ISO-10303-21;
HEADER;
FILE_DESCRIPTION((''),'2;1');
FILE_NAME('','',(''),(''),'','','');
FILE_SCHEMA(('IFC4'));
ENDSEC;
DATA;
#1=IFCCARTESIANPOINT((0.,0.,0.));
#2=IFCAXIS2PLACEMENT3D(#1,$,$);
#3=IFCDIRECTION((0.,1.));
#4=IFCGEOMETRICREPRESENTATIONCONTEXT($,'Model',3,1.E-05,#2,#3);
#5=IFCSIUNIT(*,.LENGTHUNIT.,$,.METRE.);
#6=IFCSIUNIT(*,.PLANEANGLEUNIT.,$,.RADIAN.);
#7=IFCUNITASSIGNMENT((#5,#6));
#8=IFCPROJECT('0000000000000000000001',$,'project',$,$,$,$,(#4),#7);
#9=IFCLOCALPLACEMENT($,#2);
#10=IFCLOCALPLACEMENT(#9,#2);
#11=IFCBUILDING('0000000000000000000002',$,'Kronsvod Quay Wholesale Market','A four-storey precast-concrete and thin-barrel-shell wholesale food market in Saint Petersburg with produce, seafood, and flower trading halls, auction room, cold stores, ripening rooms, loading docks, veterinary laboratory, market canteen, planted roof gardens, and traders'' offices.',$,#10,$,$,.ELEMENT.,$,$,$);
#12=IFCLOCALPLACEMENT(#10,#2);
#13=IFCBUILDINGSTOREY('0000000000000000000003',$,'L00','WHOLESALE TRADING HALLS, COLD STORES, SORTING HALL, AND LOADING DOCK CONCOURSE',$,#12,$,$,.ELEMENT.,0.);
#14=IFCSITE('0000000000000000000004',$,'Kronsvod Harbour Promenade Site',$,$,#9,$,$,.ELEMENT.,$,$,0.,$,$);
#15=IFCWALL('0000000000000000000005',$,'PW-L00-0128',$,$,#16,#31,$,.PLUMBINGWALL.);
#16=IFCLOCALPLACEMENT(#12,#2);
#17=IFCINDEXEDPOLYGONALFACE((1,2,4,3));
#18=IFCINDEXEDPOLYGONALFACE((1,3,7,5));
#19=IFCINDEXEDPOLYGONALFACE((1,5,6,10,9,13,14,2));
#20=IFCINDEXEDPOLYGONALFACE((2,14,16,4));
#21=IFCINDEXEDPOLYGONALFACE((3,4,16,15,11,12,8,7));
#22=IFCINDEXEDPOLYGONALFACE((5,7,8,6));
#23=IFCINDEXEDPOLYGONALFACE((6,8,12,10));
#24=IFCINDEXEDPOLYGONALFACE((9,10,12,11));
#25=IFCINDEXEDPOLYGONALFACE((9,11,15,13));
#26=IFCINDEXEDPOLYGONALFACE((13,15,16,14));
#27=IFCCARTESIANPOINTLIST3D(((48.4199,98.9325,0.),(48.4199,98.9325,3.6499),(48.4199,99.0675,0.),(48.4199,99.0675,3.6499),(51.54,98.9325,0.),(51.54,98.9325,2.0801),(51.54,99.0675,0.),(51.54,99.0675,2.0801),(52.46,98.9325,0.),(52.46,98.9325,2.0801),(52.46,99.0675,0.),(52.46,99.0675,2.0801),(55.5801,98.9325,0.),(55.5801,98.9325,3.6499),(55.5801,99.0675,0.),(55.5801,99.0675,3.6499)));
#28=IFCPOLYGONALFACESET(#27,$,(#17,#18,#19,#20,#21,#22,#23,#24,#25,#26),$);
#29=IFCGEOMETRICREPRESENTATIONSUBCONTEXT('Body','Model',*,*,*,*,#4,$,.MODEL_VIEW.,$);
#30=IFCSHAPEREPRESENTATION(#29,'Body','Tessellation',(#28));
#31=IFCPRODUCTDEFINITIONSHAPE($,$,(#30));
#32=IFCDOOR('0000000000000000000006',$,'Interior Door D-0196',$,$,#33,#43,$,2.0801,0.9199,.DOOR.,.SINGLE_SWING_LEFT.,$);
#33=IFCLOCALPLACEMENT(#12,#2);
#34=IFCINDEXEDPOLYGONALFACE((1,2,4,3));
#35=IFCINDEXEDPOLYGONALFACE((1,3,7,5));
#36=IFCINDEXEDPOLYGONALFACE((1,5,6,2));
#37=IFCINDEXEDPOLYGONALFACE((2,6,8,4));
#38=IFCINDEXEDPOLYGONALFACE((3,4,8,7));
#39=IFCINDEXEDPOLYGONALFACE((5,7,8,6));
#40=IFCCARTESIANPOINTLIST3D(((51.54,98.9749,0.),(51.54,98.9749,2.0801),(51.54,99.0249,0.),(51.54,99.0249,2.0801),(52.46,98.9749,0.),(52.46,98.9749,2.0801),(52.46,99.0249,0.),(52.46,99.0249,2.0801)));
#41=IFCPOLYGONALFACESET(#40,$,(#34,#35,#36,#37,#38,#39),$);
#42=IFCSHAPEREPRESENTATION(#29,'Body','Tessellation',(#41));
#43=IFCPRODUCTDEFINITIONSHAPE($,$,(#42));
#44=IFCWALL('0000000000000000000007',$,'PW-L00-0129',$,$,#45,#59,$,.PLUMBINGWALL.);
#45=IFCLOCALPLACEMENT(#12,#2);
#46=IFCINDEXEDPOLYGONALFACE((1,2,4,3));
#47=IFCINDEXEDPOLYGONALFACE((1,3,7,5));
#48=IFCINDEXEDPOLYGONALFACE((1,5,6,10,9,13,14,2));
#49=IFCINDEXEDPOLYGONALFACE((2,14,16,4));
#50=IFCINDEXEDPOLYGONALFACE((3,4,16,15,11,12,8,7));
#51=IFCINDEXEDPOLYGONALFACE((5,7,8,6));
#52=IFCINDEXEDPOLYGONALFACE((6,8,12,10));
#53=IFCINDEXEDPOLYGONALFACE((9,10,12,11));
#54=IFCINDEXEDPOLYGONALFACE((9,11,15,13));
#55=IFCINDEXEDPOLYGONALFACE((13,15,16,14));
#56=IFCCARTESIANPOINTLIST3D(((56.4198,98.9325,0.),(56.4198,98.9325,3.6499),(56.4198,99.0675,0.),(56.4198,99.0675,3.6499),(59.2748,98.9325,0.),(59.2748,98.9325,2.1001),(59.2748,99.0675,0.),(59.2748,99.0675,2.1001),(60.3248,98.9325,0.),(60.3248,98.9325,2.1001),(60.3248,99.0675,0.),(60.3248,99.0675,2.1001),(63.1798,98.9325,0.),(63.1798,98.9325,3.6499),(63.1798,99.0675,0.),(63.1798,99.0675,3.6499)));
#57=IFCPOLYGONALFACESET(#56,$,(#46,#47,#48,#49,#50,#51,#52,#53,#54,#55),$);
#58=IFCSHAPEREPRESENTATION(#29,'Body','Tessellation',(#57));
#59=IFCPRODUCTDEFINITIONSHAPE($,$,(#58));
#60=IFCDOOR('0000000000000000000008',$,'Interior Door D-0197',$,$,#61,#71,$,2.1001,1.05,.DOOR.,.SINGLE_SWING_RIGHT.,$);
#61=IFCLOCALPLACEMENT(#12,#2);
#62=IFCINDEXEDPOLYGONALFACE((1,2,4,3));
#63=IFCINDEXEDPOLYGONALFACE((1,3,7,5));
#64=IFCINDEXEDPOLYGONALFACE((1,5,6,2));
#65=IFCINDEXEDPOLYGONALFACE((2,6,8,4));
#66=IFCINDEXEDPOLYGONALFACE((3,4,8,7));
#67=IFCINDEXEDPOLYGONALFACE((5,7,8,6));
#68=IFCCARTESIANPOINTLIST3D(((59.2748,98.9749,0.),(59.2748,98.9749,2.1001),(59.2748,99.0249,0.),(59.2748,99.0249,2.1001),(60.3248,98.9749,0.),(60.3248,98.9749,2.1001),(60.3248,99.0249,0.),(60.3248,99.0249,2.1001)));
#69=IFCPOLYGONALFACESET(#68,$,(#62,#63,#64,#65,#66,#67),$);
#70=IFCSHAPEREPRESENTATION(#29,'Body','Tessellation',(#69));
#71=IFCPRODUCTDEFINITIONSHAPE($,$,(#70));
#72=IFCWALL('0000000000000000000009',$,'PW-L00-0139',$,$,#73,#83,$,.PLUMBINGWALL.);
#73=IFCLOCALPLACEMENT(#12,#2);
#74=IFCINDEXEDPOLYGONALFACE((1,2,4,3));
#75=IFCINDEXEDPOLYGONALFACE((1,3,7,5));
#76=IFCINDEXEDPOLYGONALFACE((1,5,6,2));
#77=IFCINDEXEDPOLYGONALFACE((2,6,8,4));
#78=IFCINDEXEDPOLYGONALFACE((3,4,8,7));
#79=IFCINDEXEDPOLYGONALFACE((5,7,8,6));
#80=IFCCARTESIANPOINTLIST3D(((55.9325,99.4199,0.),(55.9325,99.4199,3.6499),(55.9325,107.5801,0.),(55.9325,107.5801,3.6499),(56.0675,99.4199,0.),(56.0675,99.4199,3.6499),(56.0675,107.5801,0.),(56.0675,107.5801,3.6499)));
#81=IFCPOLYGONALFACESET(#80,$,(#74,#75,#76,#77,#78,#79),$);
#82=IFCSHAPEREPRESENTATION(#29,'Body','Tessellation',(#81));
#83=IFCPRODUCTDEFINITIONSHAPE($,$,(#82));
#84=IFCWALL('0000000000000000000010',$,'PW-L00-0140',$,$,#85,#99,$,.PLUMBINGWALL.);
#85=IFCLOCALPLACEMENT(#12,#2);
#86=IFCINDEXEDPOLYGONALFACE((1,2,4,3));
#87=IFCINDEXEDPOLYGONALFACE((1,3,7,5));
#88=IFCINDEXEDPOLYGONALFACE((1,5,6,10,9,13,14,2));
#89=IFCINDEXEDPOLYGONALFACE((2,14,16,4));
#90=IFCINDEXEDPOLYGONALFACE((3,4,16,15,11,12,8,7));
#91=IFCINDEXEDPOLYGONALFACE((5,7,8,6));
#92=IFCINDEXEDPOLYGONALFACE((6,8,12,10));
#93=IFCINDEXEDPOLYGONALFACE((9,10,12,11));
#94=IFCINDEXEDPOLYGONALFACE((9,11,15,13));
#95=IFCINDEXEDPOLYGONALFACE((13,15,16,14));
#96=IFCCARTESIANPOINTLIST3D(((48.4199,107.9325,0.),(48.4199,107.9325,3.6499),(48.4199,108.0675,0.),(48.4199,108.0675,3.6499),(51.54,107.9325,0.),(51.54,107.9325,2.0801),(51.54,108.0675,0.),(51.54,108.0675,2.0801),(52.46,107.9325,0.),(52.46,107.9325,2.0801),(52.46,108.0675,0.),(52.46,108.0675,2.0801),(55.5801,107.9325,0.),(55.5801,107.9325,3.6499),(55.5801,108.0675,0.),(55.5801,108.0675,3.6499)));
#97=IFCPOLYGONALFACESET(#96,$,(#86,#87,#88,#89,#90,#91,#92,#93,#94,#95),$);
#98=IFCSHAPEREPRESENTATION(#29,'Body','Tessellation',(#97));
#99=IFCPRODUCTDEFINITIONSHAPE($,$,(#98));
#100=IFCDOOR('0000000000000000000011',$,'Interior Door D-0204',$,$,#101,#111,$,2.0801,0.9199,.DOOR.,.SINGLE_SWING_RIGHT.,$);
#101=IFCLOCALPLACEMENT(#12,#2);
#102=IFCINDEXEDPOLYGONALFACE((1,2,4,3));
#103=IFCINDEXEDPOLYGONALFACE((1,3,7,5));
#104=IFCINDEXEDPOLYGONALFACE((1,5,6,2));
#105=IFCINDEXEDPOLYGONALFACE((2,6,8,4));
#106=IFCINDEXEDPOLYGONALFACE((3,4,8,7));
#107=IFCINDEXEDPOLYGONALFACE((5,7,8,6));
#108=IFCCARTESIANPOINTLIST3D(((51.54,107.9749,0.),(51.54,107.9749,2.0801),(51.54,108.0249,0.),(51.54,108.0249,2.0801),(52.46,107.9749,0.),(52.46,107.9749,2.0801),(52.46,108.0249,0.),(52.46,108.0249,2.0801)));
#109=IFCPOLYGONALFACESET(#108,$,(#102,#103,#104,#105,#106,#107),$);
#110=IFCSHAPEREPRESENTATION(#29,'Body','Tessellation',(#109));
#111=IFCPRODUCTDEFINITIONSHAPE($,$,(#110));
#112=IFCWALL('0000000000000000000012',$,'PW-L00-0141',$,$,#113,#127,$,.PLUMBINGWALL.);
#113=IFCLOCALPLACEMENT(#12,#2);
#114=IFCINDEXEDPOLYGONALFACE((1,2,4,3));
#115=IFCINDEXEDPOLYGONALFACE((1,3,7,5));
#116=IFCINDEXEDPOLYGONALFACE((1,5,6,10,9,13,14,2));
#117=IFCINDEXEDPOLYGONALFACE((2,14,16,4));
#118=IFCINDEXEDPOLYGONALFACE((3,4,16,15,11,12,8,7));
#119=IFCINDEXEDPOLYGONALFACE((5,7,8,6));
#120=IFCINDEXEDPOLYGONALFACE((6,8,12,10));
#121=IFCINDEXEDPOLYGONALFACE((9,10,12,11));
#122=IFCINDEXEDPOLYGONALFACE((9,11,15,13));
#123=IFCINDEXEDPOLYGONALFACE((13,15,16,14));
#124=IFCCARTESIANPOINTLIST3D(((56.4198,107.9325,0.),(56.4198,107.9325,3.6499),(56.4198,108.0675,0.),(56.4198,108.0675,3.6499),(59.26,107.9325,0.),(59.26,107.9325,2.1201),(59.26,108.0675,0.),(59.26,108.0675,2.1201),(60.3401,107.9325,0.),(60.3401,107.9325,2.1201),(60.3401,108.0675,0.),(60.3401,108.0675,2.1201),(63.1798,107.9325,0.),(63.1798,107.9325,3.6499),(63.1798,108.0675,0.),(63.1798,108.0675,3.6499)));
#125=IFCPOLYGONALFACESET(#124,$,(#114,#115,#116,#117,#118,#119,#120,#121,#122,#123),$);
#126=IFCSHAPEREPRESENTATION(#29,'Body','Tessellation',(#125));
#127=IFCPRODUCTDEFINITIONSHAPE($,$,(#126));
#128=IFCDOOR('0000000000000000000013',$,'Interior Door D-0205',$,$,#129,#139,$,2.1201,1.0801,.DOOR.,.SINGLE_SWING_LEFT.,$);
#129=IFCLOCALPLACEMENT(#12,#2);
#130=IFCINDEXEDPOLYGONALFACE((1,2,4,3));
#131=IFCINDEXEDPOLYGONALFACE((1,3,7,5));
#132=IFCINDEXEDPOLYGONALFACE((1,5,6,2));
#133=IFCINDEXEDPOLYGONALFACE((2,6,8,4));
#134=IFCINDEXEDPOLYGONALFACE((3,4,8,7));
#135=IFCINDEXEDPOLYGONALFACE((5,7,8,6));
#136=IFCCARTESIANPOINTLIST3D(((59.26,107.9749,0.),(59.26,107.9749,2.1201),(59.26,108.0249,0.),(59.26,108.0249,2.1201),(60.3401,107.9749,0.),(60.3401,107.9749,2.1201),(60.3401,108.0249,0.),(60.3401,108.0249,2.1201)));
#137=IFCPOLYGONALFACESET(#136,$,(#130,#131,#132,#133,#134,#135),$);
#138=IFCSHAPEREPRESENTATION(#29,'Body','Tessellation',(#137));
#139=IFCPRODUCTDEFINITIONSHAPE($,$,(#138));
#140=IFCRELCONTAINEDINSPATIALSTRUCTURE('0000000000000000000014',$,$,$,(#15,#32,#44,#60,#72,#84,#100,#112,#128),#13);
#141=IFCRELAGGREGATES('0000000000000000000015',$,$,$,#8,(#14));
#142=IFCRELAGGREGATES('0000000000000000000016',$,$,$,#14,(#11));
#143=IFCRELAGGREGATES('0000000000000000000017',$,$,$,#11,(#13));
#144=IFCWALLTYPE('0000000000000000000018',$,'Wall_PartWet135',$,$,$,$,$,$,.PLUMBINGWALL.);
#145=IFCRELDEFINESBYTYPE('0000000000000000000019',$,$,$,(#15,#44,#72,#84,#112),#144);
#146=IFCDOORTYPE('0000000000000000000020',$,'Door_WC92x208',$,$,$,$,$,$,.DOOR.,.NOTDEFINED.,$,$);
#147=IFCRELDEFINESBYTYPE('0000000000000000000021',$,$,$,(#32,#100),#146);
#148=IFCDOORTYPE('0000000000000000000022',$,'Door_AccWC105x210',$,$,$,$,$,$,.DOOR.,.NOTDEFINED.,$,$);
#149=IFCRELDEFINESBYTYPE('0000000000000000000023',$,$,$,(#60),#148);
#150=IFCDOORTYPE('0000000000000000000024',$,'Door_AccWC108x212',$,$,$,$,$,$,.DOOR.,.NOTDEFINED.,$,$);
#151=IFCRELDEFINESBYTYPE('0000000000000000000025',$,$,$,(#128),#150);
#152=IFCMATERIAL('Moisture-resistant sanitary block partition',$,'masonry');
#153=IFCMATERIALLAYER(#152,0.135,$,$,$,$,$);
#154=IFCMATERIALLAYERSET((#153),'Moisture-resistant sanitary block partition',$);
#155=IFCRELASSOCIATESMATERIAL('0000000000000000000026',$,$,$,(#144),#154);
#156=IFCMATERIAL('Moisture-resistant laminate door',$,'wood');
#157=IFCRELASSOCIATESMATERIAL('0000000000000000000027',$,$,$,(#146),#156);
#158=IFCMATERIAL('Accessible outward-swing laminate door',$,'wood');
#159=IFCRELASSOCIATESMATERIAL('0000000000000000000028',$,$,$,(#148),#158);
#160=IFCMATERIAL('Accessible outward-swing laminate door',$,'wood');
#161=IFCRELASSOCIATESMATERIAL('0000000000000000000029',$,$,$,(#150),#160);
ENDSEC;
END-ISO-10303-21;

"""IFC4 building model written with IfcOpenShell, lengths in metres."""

from ifc_helpers import new_model, si_unit, direction, frame, frame_2d, origin, place, context, subcontext, project, spatial, rectangle, extrude, material, layer, layer_set, type_object, element, fill, save


model = new_model("IFC4")

# Units and contexts
model_context = context("Model", 3, precision=1e-05, world=origin(), true_north=direction((0.0, 1.0)))
body_context = subcontext(model_context, "Body", "Model", "MODEL_VIEW")
ifc_project = project(units=[si_unit("LENGTHUNIT", "METRE"), si_unit("PLANEANGLEUNIT", "RADIAN")], contexts=[model_context])

# Site, building, storey
site_placement = place(None, origin())
site = spatial("IfcSite", under=ifc_project, at=site_placement, Name="Kronsvod Harbour Promenade Site", CompositionType="ELEMENT", RefElevation=0.0)
building_placement = place(site_placement, origin())
building = spatial("IfcBuilding", under=site, at=building_placement, Name="Kronsvod Quay Wholesale Market", Description="A four-storey precast-concrete and thin-barrel-shell wholesale food market in Saint Petersburg with produce, seafood, and flower trading halls, auction room, cold stores, ripening rooms, loading docks, veterinary laboratory, market canteen, planted roof gardens, and traders' offices.", CompositionType="ELEMENT")
storey_placement = place(building_placement, origin())
storey = spatial("IfcBuildingStorey", under=building, at=storey_placement, Name="L00", Description="WHOLESALE TRADING HALLS, COLD STORES, SORTING HALL, AND LOADING DOCK CONCOURSE", CompositionType="ELEMENT", Elevation=0.0)

# Walls, openings, doors
ifc_material_1 = material(Name="Moisture-resistant sanitary block partition", Category="masonry")
ifc_layer = layer(ifc_material_1, 0.135)
ifc_layer_set = layer_set([ifc_layer], Name="Moisture-resistant sanitary block partition")
wall_type = type_object("IfcWallType", Name="Wall_PartWet135", PredefinedType="PLUMBINGWALL", material=ifc_layer_set)
wall_1_placement = place(storey_placement, frame((48.4199, 99.0, 0.0), z_axis=(0.0, 0.0, 1.0), x_axis=(1.0, 0.0, 0.0)))
wall_1 = element("IfcWall", 1, at=wall_1_placement, inside=storey, type_object=wall_type, Name="PW-L00-0128", PredefinedType="PLUMBINGWALL", context=body_context, shape_type="SweptSolid", body=[
    extrude(rectangle(XDim=7.1602, YDim=0.135, at=frame_2d((3.5801, 0.0))), origin(), (0.0, 0.0, 1.0), 3.6499),
])
opening_1_placement = place(wall_1_placement, frame((3.1201, 0.0, 0.0)))
opening_1 = element("IfcOpeningElement", 2, at=opening_1_placement, cuts=wall_1, PredefinedType="OPENING", context=body_context, shape_type="SweptSolid", body=[
    extrude(rectangle(XDim=0.9199, YDim=2.0801, at=frame_2d((0.46, 1.04))), frame((0.0, 0.0776, 0.0), z_axis=(0.0, -1.0, 0.0), x_axis=(1.0, 0.0, 0.0)), (0.0, 0.0, 1.0), 0.155),
])
ifc_material_2 = material(Name="Moisture-resistant laminate door", Category="wood")
door_type_1 = type_object("IfcDoorType", Name="Door_WC92x208", OperationType="NOTDEFINED", PredefinedType="DOOR", material=ifc_material_2)
door_1_placement = place(opening_1_placement, origin())
door_1 = element("IfcDoor", 3, at=door_1_placement, inside=storey, type_object=door_type_1, Name="Interior Door D-0196", OperationType="SINGLE_SWING_LEFT", OverallHeight=2.0801, OverallWidth=0.9199, PredefinedType="DOOR", context=body_context, shape_type="SweptSolid", body=[
    extrude(rectangle(XDim=0.9199, YDim=2.0801, at=frame_2d((0.46, 1.04))), frame((0.0, 0.0249, 0.0), z_axis=(0.0, -1.0, 0.0), x_axis=(1.0, 0.0, 0.0)), (0.0, 0.0, 1.0), 0.05),
])
fill(opening_1, door_1)
wall_2_placement = place(storey_placement, frame((56.4199, 99.0, 0.0), z_axis=(0.0, 0.0, 1.0), x_axis=(1.0, 0.0, 0.0)))
wall_2 = element("IfcWall", 4, at=wall_2_placement, inside=storey, type_object=wall_type, Name="PW-L00-0129", PredefinedType="PLUMBINGWALL", context=body_context, shape_type="SweptSolid", body=[
    extrude(rectangle(XDim=6.76, YDim=0.135, at=frame_2d((3.3799, 0.0))), origin(), (0.0, 0.0, 1.0), 3.6499),
])
opening_2_placement = place(wall_2_placement, frame((2.855, 0.0, 0.0)))
opening_2 = element("IfcOpeningElement", 5, at=opening_2_placement, cuts=wall_2, PredefinedType="OPENING", context=body_context, shape_type="SweptSolid", body=[
    extrude(rectangle(XDim=1.05, YDim=2.1001, at=frame_2d((0.5249, 1.05))), frame((0.0, 0.0776, 0.0), z_axis=(0.0, -1.0, 0.0), x_axis=(1.0, 0.0, 0.0)), (0.0, 0.0, 1.0), 0.155),
])
ifc_material_3 = material(Name="Accessible outward-swing laminate door", Category="wood")
door_type_2 = type_object("IfcDoorType", Name="Door_AccWC105x210", OperationType="NOTDEFINED", PredefinedType="DOOR", material=ifc_material_3)
door_2_placement = place(opening_2_placement, origin())
door_2 = element("IfcDoor", 6, at=door_2_placement, inside=storey, type_object=door_type_2, Name="Interior Door D-0197", OperationType="SINGLE_SWING_RIGHT", OverallHeight=2.1001, OverallWidth=1.05, PredefinedType="DOOR", context=body_context, shape_type="SweptSolid", body=[
    extrude(rectangle(XDim=1.05, YDim=2.1001, at=frame_2d((0.5249, 1.05))), frame((0.0, 0.0249, 0.0), z_axis=(0.0, -1.0, 0.0), x_axis=(1.0, 0.0, 0.0)), (0.0, 0.0, 1.0), 0.05),
])
fill(opening_2, door_2)

# Wall
wall_3_placement = place(storey_placement, frame((56.0, 99.4199, 0.0), z_axis=(0.0, 0.0, 1.0), x_axis=(0.0, 1.0, 0.0)))
element("IfcWall", 7, at=wall_3_placement, inside=storey, type_object=wall_type, Name="PW-L00-0139", PredefinedType="PLUMBINGWALL", context=body_context, shape_type="SweptSolid", body=[
    extrude(rectangle(XDim=8.1602, YDim=0.135, at=frame_2d((4.0801, 0.0))), origin(), (0.0, 0.0, 1.0), 3.6499),
])

# Walls, openings, doors
wall_4_placement = place(storey_placement, frame((48.4199, 108.0, 0.0), z_axis=(0.0, 0.0, 1.0), x_axis=(1.0, 0.0, 0.0)))
wall_4 = element("IfcWall", 8, at=wall_4_placement, inside=storey, type_object=wall_type, Name="PW-L00-0140", PredefinedType="PLUMBINGWALL", context=body_context, shape_type="SweptSolid", body=[
    extrude(rectangle(XDim=7.1602, YDim=0.135, at=frame_2d((3.5801, 0.0))), origin(), (0.0, 0.0, 1.0), 3.6499),
])
opening_3_placement = place(wall_4_placement, frame((3.1201, 0.0, 0.0)))
opening_3 = element("IfcOpeningElement", 9, at=opening_3_placement, cuts=wall_4, PredefinedType="OPENING", context=body_context, shape_type="SweptSolid", body=[
    extrude(rectangle(XDim=0.9199, YDim=2.0801, at=frame_2d((0.46, 1.04))), frame((0.0, 0.0776, 0.0), z_axis=(0.0, -1.0, 0.0), x_axis=(1.0, 0.0, 0.0)), (0.0, 0.0, 1.0), 0.155),
])
door_3_placement = place(opening_3_placement, origin())
door_3 = element("IfcDoor", 10, at=door_3_placement, inside=storey, type_object=door_type_1, Name="Interior Door D-0204", OperationType="SINGLE_SWING_RIGHT", OverallHeight=2.0801, OverallWidth=0.9199, PredefinedType="DOOR", context=body_context, shape_type="SweptSolid", body=[
    extrude(rectangle(XDim=0.9199, YDim=2.0801, at=frame_2d((0.46, 1.04))), frame((0.0, 0.0249, 0.0), z_axis=(0.0, -1.0, 0.0), x_axis=(1.0, 0.0, 0.0)), (0.0, 0.0, 1.0), 0.05),
])
fill(opening_3, door_3)
wall_5_placement = place(storey_placement, frame((56.4199, 108.0, 0.0), z_axis=(0.0, 0.0, 1.0), x_axis=(1.0, 0.0, 0.0)))
wall_5 = element("IfcWall", 11, at=wall_5_placement, inside=storey, type_object=wall_type, Name="PW-L00-0141", PredefinedType="PLUMBINGWALL", context=body_context, shape_type="SweptSolid", body=[
    extrude(rectangle(XDim=6.76, YDim=0.135, at=frame_2d((3.3799, 0.0))), origin(), (0.0, 0.0, 1.0), 3.6499),
])
opening_4_placement = place(wall_5_placement, frame((2.8401, 0.0, 0.0)))
opening_4 = element("IfcOpeningElement", 12, at=opening_4_placement, cuts=wall_5, PredefinedType="OPENING", context=body_context, shape_type="SweptSolid", body=[
    extrude(rectangle(XDim=1.0801, YDim=2.1201, at=frame_2d((0.54, 1.0601))), frame((0.0, 0.0776, 0.0), z_axis=(0.0, -1.0, 0.0), x_axis=(1.0, 0.0, 0.0)), (0.0, 0.0, 1.0), 0.155),
])
ifc_material_4 = material(Name="Accessible outward-swing laminate door", Category="wood")
door_type_3 = type_object("IfcDoorType", Name="Door_AccWC108x212", OperationType="NOTDEFINED", PredefinedType="DOOR", material=ifc_material_4)
door_4_placement = place(opening_4_placement, origin())
door_4 = element("IfcDoor", 13, at=door_4_placement, inside=storey, type_object=door_type_3, Name="Interior Door D-0205", OperationType="SINGLE_SWING_LEFT", OverallHeight=2.1201, OverallWidth=1.0801, PredefinedType="DOOR", context=body_context, shape_type="SweptSolid", body=[
    extrude(rectangle(XDim=1.0801, YDim=2.1201, at=frame_2d((0.54, 1.0601))), frame((0.0, 0.0249, 0.0), z_axis=(0.0, -1.0, 0.0), x_axis=(1.0, 0.0, 0.0)), (0.0, 0.0, 1.0), 0.05),
])
fill(opening_4, door_4)

save(model, "model.ifc")
